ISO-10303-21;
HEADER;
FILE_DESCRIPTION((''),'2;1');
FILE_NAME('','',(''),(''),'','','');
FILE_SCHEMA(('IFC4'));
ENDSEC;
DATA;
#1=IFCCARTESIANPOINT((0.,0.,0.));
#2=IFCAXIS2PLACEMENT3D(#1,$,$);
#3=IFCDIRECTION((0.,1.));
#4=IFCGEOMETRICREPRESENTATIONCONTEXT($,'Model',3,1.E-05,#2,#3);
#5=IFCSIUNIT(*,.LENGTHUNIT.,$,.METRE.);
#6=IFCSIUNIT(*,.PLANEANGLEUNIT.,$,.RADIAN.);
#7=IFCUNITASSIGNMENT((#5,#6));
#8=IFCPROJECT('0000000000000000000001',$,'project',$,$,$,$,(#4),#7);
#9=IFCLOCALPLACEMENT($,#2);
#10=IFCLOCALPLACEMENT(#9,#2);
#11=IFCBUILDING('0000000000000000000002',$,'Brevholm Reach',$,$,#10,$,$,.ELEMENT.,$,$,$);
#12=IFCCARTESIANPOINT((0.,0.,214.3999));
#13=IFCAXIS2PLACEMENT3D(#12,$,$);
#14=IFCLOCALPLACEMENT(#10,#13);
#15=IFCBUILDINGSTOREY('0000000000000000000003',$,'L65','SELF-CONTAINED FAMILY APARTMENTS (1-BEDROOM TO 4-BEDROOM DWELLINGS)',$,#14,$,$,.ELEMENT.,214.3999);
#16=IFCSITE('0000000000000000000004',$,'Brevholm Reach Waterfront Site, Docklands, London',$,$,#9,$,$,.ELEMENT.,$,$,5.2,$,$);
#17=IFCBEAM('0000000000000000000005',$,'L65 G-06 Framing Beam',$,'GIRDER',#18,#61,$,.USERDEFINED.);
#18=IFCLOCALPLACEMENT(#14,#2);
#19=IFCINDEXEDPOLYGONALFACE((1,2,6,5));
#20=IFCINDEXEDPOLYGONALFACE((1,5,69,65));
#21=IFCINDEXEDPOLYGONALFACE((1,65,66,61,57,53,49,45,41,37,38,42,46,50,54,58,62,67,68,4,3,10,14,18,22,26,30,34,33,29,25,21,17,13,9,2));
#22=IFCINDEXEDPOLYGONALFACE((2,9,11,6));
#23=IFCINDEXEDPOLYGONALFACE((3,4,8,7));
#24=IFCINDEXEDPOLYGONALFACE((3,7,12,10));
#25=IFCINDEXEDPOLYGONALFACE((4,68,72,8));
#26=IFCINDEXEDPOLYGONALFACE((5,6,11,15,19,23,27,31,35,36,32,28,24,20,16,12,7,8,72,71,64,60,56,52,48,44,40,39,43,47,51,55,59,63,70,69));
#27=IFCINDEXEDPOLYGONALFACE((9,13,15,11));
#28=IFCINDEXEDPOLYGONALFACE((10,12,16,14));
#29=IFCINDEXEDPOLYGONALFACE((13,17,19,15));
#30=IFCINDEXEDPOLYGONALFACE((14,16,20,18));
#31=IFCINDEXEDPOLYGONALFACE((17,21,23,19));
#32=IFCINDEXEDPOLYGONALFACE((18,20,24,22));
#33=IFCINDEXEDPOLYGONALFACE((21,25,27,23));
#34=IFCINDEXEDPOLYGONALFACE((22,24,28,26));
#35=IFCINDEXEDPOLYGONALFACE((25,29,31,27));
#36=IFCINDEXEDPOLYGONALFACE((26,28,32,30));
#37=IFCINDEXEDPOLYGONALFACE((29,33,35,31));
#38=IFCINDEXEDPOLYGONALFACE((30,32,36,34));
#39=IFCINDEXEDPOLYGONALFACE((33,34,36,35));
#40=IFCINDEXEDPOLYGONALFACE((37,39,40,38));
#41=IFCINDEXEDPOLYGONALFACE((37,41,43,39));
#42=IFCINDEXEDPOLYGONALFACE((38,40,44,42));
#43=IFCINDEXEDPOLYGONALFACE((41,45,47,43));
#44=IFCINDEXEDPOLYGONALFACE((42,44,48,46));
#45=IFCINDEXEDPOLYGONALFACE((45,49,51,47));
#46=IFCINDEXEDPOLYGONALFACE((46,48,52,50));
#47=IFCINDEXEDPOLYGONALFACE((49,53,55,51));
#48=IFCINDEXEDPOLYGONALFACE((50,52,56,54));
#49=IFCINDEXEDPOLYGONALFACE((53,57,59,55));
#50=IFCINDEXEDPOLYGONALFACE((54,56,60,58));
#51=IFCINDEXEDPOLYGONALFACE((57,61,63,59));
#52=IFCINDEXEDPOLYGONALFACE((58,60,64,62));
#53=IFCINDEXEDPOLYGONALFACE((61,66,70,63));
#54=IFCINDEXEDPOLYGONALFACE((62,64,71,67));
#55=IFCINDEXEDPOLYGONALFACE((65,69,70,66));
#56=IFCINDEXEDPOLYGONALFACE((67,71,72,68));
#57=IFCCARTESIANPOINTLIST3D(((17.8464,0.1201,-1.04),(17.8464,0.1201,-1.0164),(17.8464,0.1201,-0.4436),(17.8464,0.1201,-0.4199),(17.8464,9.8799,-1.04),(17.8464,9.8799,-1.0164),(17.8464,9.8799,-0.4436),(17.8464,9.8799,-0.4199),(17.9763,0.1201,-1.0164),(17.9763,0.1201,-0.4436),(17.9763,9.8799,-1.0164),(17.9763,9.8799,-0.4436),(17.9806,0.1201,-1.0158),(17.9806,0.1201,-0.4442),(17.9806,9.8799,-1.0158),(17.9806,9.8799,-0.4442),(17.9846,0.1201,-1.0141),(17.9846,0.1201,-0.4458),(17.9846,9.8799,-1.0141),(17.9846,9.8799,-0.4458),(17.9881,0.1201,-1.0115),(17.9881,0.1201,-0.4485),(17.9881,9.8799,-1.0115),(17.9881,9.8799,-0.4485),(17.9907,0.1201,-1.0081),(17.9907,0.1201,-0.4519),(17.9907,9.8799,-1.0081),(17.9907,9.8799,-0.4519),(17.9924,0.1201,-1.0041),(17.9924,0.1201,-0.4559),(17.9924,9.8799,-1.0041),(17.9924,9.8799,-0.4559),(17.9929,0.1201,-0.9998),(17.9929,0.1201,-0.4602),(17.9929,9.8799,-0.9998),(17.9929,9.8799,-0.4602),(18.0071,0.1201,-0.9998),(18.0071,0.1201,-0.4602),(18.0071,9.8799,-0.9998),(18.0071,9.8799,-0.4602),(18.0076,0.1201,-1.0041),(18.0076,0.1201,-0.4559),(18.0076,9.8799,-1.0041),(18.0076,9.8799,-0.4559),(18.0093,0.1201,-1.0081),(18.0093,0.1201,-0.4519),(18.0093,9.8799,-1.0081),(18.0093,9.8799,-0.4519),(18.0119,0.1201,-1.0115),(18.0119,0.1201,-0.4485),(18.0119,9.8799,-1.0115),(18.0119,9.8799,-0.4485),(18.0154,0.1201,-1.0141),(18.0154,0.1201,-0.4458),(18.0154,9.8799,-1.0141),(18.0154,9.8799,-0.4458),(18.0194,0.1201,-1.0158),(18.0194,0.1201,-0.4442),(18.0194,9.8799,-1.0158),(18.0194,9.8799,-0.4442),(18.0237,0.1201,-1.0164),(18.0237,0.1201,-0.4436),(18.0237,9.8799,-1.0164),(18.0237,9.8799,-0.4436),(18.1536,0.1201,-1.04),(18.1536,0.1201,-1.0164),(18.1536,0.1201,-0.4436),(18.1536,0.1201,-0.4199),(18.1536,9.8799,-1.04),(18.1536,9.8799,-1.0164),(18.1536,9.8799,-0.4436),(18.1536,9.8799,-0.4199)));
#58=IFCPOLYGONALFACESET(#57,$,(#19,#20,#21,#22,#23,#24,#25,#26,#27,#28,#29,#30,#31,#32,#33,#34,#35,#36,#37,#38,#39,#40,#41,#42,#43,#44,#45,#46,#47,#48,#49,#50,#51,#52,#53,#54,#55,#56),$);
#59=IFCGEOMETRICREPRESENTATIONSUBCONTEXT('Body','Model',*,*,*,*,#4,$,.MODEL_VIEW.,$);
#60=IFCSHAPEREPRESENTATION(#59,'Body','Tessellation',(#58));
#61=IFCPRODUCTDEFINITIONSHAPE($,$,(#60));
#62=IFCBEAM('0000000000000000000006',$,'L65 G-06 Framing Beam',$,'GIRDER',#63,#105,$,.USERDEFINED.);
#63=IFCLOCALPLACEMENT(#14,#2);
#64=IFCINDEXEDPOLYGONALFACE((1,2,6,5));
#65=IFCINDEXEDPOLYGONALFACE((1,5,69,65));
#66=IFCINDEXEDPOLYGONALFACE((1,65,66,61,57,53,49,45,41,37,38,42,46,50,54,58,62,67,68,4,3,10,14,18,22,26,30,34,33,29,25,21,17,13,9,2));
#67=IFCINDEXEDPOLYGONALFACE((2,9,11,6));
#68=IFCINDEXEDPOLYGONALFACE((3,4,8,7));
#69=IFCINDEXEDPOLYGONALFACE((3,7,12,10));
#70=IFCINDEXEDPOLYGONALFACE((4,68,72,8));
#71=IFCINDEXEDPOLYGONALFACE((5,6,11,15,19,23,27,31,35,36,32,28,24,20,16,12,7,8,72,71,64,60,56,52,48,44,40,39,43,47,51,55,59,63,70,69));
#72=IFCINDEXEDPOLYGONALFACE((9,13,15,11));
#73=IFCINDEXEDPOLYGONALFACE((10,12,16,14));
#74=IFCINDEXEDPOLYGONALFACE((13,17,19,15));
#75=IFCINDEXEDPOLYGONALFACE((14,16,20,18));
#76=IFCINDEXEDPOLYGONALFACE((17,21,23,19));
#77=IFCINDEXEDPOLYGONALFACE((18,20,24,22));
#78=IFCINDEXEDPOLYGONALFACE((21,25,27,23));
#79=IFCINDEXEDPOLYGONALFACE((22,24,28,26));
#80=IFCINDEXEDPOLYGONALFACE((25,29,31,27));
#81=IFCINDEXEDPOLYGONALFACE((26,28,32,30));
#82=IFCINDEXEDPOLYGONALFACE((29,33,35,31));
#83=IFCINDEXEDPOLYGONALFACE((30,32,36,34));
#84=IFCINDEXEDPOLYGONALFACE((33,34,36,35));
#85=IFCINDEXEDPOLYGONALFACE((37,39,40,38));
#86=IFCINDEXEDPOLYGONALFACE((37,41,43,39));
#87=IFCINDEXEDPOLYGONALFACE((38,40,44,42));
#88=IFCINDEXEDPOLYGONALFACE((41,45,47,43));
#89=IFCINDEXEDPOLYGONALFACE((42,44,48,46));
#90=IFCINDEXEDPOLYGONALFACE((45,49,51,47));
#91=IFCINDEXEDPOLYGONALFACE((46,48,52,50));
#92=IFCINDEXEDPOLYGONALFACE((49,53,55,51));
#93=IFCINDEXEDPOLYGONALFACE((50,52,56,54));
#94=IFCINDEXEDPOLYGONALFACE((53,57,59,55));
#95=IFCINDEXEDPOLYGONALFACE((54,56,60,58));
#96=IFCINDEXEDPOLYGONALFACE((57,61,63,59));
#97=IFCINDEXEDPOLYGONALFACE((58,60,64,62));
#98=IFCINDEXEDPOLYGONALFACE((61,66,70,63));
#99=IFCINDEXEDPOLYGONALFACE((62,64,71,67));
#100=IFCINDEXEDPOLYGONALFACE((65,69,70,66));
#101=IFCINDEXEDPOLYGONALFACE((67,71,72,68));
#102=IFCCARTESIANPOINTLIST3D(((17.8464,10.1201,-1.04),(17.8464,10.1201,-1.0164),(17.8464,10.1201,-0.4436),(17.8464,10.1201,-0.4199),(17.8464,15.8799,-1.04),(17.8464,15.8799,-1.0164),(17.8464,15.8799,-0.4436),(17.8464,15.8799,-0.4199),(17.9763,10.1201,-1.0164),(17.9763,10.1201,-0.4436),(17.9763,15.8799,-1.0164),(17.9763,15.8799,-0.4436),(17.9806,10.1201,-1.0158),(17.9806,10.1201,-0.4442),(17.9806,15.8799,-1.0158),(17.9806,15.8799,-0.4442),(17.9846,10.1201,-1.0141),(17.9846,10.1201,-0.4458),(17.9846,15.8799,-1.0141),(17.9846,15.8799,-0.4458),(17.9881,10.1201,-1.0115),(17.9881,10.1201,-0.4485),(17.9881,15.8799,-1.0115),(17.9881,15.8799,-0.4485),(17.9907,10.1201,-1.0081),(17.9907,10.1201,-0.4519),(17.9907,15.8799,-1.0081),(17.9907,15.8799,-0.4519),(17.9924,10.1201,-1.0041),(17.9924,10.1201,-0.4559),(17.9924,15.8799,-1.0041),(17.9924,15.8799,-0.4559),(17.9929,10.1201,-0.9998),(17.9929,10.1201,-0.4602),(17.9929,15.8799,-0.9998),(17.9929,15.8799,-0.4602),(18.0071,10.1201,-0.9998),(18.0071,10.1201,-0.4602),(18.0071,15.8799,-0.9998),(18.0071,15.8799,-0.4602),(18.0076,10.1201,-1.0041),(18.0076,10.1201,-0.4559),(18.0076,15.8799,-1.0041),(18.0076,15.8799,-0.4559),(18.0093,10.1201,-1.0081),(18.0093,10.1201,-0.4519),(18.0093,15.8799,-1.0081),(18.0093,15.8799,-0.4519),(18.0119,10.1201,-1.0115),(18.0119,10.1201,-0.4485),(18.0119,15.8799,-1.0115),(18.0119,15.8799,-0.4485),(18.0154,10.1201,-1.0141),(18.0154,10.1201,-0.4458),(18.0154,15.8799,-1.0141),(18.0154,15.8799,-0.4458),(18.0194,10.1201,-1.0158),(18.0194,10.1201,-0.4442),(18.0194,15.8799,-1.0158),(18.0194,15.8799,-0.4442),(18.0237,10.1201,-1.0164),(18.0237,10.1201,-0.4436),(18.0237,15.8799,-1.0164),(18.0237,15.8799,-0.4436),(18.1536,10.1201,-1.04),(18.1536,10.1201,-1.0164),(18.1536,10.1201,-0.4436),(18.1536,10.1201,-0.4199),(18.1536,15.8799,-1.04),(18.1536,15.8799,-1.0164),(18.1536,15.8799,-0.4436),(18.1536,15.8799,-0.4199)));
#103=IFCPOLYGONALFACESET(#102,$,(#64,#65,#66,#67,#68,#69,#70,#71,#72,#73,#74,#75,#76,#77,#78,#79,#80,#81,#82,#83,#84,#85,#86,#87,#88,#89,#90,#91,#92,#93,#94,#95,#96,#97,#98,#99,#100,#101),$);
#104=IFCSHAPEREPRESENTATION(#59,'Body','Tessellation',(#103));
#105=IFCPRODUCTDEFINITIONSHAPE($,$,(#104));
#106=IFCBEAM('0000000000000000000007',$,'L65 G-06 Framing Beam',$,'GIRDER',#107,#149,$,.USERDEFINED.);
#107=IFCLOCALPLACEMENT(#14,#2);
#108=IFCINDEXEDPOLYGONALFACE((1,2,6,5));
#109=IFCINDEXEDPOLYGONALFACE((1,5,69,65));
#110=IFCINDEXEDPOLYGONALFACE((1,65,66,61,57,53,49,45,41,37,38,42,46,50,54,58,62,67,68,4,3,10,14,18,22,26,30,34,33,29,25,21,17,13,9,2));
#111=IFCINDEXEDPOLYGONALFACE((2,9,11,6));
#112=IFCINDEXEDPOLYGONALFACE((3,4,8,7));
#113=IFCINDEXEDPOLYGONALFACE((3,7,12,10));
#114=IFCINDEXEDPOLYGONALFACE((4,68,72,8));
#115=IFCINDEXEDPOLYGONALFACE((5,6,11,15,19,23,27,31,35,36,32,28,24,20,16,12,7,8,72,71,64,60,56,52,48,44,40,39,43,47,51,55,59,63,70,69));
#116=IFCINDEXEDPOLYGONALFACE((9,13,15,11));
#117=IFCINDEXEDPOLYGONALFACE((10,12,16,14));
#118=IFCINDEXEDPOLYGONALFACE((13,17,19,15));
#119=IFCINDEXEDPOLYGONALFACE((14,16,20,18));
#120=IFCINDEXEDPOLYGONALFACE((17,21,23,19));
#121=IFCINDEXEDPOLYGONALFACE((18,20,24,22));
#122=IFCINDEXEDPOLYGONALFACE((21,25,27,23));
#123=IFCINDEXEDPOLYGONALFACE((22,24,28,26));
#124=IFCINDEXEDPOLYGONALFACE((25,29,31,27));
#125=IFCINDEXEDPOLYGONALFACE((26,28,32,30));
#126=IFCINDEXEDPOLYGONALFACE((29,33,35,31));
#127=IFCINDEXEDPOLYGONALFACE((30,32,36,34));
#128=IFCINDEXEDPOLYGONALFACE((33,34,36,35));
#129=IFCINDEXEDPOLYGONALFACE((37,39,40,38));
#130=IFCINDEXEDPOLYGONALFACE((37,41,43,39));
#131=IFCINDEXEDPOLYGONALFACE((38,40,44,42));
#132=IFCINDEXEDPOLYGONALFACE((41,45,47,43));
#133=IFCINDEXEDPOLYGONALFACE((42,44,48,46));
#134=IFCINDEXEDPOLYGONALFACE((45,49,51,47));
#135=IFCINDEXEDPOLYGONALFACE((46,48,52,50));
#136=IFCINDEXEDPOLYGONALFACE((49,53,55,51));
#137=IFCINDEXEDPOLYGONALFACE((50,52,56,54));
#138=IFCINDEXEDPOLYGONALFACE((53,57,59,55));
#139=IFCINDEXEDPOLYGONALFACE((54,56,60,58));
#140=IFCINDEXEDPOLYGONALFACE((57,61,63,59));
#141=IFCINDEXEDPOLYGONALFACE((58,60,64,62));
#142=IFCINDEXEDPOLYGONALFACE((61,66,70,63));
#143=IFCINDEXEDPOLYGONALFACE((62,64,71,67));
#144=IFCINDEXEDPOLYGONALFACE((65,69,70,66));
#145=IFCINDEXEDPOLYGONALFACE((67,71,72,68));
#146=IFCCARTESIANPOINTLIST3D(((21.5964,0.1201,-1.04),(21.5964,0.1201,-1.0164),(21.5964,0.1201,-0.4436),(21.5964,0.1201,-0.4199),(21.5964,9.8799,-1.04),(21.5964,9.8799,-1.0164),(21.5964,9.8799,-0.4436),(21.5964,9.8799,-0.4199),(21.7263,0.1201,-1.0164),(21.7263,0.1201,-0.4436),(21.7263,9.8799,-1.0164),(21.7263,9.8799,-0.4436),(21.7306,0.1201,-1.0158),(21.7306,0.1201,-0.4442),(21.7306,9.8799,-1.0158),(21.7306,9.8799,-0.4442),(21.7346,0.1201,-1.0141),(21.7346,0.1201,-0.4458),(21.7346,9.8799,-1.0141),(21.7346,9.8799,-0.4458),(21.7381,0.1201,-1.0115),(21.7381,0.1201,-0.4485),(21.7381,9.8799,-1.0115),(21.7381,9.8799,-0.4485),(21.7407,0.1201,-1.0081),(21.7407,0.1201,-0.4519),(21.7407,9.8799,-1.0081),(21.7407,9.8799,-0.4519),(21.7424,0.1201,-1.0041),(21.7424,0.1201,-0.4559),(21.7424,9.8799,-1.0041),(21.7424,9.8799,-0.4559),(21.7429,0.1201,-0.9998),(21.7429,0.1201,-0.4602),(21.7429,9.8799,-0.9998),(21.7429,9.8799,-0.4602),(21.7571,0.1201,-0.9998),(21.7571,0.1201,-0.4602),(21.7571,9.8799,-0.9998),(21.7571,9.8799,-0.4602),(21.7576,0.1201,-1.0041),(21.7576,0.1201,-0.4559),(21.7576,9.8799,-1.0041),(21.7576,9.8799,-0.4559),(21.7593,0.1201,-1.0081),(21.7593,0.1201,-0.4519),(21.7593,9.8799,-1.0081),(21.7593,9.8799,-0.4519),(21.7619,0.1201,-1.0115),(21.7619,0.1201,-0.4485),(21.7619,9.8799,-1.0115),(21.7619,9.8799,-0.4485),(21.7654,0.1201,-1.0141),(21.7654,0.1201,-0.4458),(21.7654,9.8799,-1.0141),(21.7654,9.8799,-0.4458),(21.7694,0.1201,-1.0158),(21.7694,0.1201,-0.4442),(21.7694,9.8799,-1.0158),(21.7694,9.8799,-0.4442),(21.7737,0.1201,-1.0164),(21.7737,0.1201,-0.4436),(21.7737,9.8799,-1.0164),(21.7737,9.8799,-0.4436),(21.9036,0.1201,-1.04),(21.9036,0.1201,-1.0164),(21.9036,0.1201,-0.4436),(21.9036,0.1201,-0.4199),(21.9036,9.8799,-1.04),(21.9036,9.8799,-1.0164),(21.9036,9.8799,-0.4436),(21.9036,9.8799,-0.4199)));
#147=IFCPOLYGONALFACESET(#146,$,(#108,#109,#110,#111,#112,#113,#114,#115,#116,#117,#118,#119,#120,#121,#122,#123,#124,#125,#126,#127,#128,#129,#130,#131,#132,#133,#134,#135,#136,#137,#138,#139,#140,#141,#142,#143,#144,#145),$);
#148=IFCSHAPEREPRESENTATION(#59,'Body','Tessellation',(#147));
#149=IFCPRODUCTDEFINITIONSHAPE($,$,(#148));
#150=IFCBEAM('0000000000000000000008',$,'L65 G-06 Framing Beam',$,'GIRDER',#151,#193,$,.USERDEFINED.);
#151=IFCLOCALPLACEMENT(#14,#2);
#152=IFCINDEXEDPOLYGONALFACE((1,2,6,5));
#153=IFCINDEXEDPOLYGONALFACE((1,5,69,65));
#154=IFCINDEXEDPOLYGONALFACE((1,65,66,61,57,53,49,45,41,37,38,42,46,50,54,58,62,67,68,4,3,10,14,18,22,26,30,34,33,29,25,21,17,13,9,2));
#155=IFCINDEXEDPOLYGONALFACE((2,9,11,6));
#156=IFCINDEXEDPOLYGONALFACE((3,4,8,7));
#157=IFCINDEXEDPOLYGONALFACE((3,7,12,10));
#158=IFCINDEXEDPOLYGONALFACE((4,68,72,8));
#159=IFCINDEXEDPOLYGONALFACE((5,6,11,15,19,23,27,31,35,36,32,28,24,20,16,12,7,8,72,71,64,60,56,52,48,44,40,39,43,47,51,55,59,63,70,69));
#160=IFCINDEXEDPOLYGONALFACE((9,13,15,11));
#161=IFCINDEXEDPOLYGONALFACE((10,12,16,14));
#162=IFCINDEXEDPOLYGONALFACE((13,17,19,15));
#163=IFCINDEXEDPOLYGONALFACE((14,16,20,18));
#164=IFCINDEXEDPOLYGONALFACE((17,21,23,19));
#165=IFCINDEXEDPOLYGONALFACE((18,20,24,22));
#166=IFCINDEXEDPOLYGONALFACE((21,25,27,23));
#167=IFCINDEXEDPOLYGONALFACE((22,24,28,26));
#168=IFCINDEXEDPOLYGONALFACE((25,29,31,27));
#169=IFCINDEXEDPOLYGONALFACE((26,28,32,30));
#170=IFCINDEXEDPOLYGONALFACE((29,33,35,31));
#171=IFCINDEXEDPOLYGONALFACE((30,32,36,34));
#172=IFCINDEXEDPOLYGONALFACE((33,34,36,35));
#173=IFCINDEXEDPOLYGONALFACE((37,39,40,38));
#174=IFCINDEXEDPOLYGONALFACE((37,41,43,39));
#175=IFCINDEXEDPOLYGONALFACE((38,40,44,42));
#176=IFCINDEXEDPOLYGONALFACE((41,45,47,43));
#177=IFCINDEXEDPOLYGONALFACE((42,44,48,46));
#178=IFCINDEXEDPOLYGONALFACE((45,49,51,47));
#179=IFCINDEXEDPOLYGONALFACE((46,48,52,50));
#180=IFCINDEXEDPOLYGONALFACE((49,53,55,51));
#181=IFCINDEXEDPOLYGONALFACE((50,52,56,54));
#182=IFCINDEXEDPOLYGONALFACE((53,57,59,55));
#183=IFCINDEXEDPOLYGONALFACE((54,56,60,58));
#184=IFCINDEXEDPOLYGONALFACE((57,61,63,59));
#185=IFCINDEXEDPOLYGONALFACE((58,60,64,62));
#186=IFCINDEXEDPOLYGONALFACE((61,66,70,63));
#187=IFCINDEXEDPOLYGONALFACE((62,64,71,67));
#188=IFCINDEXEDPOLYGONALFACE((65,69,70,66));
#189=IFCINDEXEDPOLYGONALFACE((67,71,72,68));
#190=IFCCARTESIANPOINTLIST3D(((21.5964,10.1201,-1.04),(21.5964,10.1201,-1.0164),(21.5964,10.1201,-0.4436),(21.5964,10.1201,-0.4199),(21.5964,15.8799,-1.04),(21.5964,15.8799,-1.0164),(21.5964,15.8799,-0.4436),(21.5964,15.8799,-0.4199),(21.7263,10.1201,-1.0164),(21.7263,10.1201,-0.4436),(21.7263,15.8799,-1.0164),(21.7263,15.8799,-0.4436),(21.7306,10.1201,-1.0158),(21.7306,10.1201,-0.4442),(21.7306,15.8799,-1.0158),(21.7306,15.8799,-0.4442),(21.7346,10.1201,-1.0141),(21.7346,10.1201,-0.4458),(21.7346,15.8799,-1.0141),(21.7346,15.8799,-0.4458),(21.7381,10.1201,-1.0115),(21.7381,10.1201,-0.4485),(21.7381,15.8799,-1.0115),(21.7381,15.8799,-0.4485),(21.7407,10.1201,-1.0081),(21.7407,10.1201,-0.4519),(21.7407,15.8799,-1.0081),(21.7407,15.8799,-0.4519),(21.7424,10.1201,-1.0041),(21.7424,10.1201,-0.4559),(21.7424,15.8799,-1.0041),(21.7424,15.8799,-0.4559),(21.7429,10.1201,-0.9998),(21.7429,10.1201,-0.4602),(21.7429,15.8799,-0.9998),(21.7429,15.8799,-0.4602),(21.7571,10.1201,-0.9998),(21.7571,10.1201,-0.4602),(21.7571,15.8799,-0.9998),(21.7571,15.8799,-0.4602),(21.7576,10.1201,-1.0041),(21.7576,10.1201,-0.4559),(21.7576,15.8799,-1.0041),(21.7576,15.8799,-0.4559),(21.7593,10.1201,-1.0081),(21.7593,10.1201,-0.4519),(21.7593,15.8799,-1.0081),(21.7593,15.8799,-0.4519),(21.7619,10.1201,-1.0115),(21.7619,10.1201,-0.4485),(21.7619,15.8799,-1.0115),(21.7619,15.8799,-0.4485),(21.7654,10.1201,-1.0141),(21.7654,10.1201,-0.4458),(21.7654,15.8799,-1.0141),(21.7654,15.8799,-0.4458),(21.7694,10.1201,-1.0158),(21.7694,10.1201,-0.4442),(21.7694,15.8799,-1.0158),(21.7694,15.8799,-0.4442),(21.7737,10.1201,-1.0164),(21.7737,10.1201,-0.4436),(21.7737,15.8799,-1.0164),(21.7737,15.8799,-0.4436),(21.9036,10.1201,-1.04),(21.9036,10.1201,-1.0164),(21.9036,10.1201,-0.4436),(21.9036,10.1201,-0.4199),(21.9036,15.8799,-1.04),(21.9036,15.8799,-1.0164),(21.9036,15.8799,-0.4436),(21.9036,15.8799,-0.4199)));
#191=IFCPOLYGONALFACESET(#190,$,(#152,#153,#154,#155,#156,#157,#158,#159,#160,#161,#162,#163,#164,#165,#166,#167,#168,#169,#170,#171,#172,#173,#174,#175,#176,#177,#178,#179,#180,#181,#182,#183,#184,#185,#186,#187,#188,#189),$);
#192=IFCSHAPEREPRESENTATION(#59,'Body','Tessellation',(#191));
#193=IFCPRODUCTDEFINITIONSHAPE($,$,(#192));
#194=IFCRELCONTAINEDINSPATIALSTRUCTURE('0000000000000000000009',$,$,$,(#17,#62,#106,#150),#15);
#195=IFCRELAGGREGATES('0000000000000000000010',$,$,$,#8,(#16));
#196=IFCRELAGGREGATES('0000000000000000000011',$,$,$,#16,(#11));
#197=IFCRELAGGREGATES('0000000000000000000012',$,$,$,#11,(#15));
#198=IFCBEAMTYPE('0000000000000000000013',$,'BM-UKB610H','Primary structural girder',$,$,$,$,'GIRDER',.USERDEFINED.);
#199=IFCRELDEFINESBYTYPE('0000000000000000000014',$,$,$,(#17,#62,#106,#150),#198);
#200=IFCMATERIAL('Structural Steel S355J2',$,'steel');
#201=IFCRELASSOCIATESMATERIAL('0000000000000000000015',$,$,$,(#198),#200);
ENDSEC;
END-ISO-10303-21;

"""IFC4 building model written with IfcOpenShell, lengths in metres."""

from ifc_helpers import new_model, si_unit, direction, frame, origin, origin_2d, place, context, subcontext, project, spatial, i_section, extrude, material, material_profile, profile_set, type_object, element, save


model = new_model("IFC4")

# Units and contexts
model_context = context("Model", 3, precision=1e-05, world=origin(), true_north=direction((0.0, 1.0)))
body_context = subcontext(model_context, "Body", "Model", "MODEL_VIEW")
ifc_project = project(units=[si_unit("LENGTHUNIT", "METRE"), si_unit("PLANEANGLEUNIT", "RADIAN")], contexts=[model_context])

# Site, building, storey
site_placement = place(None, origin())
site = spatial("IfcSite", under=ifc_project, at=site_placement, Name="Brevholm Reach Waterfront Site, Docklands, London", CompositionType="ELEMENT", RefElevation=5.2)
building_placement = place(site_placement, origin())
building = spatial("IfcBuilding", under=site, at=building_placement, Name="Brevholm Reach", CompositionType="ELEMENT")
storey_placement = place(building_placement, frame((0.0, 0.0, 214.3999)))
storey = spatial("IfcBuildingStorey", under=building, at=storey_placement, Name="L65", Description="SELF-CONTAINED FAMILY APARTMENTS (1-BEDROOM TO 4-BEDROOM DWELLINGS)", CompositionType="ELEMENT", Elevation=214.3999)

# Beams
ifc_material_1 = material(Name="Structural Steel S355J2", Category="steel")
ifc_material_profile_1 = material_profile(ifc_material_1, i_section(OverallWidth=0.3071, OverallDepth=0.6201, WebThickness=0.0142, FlangeThickness=0.0237, FilletRadius=0.0166, at=origin_2d()), Name="UKB 610x305x179")
ifc_profile_set_1 = profile_set([ifc_material_profile_1], Name="Structural Steel S355J2")
beam_type_1 = type_object("IfcBeamType", Name="BM-UKB610H", Description="Primary structural girder", ElementType="GIRDER", PredefinedType="USERDEFINED", material=ifc_profile_set_1)
beam_1_placement = place(storey_placement, frame((18.0, 0.1201, -0.73), z_axis=(0.0, 1.0, 0.0), x_axis=(-1.0, 0.0, 0.0)))
element("IfcBeam", 1, at=beam_1_placement, inside=storey, type_object=beam_type_1, Name="L65 G-06 Framing Beam", ObjectType="GIRDER", PredefinedType="USERDEFINED", context=body_context, shape_type="SweptSolid", body=[
    extrude(i_section(OverallWidth=0.3071, OverallDepth=0.6201, WebThickness=0.0142, FlangeThickness=0.0237, FilletRadius=0.0166, at=origin_2d()), origin(), (0.0, 0.0, 1.0), 9.7598),
])
beam_2_placement = place(storey_placement, frame((18.0, 10.1201, -0.73), z_axis=(0.0, 1.0, 0.0), x_axis=(-1.0, 0.0, 0.0)))
element("IfcBeam", 2, at=beam_2_placement, inside=storey, type_object=beam_type_1, Name="L65 G-06 Framing Beam", ObjectType="GIRDER", PredefinedType="USERDEFINED", context=body_context, shape_type="SweptSolid", body=[
    extrude(i_section(OverallWidth=0.3071, OverallDepth=0.6201, WebThickness=0.0142, FlangeThickness=0.0237, FilletRadius=0.0166, at=origin_2d()), origin(), (0.0, 0.0, 1.0), 5.7598),
])
beam_3_placement = place(storey_placement, frame((21.75, 0.1201, -0.73), z_axis=(0.0, 1.0, 0.0), x_axis=(-1.0, 0.0, 0.0)))
element("IfcBeam", 3, at=beam_3_placement, inside=storey, type_object=beam_type_1, Name="L65 G-06 Framing Beam", ObjectType="GIRDER", PredefinedType="USERDEFINED", context=body_context, shape_type="SweptSolid", body=[
    extrude(i_section(OverallWidth=0.3071, OverallDepth=0.6201, WebThickness=0.0142, FlangeThickness=0.0237, FilletRadius=0.0166, at=origin_2d()), origin(), (0.0, 0.0, 1.0), 9.7598),
])
beam_4_placement = place(storey_placement, frame((21.75, 10.1201, -0.73), z_axis=(0.0, 1.0, 0.0), x_axis=(-1.0, 0.0, 0.0)))
element("IfcBeam", 4, at=beam_4_placement, inside=storey, type_object=beam_type_1, Name="L65 G-06 Framing Beam", ObjectType="GIRDER", PredefinedType="USERDEFINED", context=body_context, shape_type="SweptSolid", body=[
    extrude(i_section(OverallWidth=0.3071, OverallDepth=0.6201, WebThickness=0.0142, FlangeThickness=0.0237, FilletRadius=0.0166, at=origin_2d()), origin(), (0.0, 0.0, 1.0), 5.7598),
])

save(model, "model.ifc")
